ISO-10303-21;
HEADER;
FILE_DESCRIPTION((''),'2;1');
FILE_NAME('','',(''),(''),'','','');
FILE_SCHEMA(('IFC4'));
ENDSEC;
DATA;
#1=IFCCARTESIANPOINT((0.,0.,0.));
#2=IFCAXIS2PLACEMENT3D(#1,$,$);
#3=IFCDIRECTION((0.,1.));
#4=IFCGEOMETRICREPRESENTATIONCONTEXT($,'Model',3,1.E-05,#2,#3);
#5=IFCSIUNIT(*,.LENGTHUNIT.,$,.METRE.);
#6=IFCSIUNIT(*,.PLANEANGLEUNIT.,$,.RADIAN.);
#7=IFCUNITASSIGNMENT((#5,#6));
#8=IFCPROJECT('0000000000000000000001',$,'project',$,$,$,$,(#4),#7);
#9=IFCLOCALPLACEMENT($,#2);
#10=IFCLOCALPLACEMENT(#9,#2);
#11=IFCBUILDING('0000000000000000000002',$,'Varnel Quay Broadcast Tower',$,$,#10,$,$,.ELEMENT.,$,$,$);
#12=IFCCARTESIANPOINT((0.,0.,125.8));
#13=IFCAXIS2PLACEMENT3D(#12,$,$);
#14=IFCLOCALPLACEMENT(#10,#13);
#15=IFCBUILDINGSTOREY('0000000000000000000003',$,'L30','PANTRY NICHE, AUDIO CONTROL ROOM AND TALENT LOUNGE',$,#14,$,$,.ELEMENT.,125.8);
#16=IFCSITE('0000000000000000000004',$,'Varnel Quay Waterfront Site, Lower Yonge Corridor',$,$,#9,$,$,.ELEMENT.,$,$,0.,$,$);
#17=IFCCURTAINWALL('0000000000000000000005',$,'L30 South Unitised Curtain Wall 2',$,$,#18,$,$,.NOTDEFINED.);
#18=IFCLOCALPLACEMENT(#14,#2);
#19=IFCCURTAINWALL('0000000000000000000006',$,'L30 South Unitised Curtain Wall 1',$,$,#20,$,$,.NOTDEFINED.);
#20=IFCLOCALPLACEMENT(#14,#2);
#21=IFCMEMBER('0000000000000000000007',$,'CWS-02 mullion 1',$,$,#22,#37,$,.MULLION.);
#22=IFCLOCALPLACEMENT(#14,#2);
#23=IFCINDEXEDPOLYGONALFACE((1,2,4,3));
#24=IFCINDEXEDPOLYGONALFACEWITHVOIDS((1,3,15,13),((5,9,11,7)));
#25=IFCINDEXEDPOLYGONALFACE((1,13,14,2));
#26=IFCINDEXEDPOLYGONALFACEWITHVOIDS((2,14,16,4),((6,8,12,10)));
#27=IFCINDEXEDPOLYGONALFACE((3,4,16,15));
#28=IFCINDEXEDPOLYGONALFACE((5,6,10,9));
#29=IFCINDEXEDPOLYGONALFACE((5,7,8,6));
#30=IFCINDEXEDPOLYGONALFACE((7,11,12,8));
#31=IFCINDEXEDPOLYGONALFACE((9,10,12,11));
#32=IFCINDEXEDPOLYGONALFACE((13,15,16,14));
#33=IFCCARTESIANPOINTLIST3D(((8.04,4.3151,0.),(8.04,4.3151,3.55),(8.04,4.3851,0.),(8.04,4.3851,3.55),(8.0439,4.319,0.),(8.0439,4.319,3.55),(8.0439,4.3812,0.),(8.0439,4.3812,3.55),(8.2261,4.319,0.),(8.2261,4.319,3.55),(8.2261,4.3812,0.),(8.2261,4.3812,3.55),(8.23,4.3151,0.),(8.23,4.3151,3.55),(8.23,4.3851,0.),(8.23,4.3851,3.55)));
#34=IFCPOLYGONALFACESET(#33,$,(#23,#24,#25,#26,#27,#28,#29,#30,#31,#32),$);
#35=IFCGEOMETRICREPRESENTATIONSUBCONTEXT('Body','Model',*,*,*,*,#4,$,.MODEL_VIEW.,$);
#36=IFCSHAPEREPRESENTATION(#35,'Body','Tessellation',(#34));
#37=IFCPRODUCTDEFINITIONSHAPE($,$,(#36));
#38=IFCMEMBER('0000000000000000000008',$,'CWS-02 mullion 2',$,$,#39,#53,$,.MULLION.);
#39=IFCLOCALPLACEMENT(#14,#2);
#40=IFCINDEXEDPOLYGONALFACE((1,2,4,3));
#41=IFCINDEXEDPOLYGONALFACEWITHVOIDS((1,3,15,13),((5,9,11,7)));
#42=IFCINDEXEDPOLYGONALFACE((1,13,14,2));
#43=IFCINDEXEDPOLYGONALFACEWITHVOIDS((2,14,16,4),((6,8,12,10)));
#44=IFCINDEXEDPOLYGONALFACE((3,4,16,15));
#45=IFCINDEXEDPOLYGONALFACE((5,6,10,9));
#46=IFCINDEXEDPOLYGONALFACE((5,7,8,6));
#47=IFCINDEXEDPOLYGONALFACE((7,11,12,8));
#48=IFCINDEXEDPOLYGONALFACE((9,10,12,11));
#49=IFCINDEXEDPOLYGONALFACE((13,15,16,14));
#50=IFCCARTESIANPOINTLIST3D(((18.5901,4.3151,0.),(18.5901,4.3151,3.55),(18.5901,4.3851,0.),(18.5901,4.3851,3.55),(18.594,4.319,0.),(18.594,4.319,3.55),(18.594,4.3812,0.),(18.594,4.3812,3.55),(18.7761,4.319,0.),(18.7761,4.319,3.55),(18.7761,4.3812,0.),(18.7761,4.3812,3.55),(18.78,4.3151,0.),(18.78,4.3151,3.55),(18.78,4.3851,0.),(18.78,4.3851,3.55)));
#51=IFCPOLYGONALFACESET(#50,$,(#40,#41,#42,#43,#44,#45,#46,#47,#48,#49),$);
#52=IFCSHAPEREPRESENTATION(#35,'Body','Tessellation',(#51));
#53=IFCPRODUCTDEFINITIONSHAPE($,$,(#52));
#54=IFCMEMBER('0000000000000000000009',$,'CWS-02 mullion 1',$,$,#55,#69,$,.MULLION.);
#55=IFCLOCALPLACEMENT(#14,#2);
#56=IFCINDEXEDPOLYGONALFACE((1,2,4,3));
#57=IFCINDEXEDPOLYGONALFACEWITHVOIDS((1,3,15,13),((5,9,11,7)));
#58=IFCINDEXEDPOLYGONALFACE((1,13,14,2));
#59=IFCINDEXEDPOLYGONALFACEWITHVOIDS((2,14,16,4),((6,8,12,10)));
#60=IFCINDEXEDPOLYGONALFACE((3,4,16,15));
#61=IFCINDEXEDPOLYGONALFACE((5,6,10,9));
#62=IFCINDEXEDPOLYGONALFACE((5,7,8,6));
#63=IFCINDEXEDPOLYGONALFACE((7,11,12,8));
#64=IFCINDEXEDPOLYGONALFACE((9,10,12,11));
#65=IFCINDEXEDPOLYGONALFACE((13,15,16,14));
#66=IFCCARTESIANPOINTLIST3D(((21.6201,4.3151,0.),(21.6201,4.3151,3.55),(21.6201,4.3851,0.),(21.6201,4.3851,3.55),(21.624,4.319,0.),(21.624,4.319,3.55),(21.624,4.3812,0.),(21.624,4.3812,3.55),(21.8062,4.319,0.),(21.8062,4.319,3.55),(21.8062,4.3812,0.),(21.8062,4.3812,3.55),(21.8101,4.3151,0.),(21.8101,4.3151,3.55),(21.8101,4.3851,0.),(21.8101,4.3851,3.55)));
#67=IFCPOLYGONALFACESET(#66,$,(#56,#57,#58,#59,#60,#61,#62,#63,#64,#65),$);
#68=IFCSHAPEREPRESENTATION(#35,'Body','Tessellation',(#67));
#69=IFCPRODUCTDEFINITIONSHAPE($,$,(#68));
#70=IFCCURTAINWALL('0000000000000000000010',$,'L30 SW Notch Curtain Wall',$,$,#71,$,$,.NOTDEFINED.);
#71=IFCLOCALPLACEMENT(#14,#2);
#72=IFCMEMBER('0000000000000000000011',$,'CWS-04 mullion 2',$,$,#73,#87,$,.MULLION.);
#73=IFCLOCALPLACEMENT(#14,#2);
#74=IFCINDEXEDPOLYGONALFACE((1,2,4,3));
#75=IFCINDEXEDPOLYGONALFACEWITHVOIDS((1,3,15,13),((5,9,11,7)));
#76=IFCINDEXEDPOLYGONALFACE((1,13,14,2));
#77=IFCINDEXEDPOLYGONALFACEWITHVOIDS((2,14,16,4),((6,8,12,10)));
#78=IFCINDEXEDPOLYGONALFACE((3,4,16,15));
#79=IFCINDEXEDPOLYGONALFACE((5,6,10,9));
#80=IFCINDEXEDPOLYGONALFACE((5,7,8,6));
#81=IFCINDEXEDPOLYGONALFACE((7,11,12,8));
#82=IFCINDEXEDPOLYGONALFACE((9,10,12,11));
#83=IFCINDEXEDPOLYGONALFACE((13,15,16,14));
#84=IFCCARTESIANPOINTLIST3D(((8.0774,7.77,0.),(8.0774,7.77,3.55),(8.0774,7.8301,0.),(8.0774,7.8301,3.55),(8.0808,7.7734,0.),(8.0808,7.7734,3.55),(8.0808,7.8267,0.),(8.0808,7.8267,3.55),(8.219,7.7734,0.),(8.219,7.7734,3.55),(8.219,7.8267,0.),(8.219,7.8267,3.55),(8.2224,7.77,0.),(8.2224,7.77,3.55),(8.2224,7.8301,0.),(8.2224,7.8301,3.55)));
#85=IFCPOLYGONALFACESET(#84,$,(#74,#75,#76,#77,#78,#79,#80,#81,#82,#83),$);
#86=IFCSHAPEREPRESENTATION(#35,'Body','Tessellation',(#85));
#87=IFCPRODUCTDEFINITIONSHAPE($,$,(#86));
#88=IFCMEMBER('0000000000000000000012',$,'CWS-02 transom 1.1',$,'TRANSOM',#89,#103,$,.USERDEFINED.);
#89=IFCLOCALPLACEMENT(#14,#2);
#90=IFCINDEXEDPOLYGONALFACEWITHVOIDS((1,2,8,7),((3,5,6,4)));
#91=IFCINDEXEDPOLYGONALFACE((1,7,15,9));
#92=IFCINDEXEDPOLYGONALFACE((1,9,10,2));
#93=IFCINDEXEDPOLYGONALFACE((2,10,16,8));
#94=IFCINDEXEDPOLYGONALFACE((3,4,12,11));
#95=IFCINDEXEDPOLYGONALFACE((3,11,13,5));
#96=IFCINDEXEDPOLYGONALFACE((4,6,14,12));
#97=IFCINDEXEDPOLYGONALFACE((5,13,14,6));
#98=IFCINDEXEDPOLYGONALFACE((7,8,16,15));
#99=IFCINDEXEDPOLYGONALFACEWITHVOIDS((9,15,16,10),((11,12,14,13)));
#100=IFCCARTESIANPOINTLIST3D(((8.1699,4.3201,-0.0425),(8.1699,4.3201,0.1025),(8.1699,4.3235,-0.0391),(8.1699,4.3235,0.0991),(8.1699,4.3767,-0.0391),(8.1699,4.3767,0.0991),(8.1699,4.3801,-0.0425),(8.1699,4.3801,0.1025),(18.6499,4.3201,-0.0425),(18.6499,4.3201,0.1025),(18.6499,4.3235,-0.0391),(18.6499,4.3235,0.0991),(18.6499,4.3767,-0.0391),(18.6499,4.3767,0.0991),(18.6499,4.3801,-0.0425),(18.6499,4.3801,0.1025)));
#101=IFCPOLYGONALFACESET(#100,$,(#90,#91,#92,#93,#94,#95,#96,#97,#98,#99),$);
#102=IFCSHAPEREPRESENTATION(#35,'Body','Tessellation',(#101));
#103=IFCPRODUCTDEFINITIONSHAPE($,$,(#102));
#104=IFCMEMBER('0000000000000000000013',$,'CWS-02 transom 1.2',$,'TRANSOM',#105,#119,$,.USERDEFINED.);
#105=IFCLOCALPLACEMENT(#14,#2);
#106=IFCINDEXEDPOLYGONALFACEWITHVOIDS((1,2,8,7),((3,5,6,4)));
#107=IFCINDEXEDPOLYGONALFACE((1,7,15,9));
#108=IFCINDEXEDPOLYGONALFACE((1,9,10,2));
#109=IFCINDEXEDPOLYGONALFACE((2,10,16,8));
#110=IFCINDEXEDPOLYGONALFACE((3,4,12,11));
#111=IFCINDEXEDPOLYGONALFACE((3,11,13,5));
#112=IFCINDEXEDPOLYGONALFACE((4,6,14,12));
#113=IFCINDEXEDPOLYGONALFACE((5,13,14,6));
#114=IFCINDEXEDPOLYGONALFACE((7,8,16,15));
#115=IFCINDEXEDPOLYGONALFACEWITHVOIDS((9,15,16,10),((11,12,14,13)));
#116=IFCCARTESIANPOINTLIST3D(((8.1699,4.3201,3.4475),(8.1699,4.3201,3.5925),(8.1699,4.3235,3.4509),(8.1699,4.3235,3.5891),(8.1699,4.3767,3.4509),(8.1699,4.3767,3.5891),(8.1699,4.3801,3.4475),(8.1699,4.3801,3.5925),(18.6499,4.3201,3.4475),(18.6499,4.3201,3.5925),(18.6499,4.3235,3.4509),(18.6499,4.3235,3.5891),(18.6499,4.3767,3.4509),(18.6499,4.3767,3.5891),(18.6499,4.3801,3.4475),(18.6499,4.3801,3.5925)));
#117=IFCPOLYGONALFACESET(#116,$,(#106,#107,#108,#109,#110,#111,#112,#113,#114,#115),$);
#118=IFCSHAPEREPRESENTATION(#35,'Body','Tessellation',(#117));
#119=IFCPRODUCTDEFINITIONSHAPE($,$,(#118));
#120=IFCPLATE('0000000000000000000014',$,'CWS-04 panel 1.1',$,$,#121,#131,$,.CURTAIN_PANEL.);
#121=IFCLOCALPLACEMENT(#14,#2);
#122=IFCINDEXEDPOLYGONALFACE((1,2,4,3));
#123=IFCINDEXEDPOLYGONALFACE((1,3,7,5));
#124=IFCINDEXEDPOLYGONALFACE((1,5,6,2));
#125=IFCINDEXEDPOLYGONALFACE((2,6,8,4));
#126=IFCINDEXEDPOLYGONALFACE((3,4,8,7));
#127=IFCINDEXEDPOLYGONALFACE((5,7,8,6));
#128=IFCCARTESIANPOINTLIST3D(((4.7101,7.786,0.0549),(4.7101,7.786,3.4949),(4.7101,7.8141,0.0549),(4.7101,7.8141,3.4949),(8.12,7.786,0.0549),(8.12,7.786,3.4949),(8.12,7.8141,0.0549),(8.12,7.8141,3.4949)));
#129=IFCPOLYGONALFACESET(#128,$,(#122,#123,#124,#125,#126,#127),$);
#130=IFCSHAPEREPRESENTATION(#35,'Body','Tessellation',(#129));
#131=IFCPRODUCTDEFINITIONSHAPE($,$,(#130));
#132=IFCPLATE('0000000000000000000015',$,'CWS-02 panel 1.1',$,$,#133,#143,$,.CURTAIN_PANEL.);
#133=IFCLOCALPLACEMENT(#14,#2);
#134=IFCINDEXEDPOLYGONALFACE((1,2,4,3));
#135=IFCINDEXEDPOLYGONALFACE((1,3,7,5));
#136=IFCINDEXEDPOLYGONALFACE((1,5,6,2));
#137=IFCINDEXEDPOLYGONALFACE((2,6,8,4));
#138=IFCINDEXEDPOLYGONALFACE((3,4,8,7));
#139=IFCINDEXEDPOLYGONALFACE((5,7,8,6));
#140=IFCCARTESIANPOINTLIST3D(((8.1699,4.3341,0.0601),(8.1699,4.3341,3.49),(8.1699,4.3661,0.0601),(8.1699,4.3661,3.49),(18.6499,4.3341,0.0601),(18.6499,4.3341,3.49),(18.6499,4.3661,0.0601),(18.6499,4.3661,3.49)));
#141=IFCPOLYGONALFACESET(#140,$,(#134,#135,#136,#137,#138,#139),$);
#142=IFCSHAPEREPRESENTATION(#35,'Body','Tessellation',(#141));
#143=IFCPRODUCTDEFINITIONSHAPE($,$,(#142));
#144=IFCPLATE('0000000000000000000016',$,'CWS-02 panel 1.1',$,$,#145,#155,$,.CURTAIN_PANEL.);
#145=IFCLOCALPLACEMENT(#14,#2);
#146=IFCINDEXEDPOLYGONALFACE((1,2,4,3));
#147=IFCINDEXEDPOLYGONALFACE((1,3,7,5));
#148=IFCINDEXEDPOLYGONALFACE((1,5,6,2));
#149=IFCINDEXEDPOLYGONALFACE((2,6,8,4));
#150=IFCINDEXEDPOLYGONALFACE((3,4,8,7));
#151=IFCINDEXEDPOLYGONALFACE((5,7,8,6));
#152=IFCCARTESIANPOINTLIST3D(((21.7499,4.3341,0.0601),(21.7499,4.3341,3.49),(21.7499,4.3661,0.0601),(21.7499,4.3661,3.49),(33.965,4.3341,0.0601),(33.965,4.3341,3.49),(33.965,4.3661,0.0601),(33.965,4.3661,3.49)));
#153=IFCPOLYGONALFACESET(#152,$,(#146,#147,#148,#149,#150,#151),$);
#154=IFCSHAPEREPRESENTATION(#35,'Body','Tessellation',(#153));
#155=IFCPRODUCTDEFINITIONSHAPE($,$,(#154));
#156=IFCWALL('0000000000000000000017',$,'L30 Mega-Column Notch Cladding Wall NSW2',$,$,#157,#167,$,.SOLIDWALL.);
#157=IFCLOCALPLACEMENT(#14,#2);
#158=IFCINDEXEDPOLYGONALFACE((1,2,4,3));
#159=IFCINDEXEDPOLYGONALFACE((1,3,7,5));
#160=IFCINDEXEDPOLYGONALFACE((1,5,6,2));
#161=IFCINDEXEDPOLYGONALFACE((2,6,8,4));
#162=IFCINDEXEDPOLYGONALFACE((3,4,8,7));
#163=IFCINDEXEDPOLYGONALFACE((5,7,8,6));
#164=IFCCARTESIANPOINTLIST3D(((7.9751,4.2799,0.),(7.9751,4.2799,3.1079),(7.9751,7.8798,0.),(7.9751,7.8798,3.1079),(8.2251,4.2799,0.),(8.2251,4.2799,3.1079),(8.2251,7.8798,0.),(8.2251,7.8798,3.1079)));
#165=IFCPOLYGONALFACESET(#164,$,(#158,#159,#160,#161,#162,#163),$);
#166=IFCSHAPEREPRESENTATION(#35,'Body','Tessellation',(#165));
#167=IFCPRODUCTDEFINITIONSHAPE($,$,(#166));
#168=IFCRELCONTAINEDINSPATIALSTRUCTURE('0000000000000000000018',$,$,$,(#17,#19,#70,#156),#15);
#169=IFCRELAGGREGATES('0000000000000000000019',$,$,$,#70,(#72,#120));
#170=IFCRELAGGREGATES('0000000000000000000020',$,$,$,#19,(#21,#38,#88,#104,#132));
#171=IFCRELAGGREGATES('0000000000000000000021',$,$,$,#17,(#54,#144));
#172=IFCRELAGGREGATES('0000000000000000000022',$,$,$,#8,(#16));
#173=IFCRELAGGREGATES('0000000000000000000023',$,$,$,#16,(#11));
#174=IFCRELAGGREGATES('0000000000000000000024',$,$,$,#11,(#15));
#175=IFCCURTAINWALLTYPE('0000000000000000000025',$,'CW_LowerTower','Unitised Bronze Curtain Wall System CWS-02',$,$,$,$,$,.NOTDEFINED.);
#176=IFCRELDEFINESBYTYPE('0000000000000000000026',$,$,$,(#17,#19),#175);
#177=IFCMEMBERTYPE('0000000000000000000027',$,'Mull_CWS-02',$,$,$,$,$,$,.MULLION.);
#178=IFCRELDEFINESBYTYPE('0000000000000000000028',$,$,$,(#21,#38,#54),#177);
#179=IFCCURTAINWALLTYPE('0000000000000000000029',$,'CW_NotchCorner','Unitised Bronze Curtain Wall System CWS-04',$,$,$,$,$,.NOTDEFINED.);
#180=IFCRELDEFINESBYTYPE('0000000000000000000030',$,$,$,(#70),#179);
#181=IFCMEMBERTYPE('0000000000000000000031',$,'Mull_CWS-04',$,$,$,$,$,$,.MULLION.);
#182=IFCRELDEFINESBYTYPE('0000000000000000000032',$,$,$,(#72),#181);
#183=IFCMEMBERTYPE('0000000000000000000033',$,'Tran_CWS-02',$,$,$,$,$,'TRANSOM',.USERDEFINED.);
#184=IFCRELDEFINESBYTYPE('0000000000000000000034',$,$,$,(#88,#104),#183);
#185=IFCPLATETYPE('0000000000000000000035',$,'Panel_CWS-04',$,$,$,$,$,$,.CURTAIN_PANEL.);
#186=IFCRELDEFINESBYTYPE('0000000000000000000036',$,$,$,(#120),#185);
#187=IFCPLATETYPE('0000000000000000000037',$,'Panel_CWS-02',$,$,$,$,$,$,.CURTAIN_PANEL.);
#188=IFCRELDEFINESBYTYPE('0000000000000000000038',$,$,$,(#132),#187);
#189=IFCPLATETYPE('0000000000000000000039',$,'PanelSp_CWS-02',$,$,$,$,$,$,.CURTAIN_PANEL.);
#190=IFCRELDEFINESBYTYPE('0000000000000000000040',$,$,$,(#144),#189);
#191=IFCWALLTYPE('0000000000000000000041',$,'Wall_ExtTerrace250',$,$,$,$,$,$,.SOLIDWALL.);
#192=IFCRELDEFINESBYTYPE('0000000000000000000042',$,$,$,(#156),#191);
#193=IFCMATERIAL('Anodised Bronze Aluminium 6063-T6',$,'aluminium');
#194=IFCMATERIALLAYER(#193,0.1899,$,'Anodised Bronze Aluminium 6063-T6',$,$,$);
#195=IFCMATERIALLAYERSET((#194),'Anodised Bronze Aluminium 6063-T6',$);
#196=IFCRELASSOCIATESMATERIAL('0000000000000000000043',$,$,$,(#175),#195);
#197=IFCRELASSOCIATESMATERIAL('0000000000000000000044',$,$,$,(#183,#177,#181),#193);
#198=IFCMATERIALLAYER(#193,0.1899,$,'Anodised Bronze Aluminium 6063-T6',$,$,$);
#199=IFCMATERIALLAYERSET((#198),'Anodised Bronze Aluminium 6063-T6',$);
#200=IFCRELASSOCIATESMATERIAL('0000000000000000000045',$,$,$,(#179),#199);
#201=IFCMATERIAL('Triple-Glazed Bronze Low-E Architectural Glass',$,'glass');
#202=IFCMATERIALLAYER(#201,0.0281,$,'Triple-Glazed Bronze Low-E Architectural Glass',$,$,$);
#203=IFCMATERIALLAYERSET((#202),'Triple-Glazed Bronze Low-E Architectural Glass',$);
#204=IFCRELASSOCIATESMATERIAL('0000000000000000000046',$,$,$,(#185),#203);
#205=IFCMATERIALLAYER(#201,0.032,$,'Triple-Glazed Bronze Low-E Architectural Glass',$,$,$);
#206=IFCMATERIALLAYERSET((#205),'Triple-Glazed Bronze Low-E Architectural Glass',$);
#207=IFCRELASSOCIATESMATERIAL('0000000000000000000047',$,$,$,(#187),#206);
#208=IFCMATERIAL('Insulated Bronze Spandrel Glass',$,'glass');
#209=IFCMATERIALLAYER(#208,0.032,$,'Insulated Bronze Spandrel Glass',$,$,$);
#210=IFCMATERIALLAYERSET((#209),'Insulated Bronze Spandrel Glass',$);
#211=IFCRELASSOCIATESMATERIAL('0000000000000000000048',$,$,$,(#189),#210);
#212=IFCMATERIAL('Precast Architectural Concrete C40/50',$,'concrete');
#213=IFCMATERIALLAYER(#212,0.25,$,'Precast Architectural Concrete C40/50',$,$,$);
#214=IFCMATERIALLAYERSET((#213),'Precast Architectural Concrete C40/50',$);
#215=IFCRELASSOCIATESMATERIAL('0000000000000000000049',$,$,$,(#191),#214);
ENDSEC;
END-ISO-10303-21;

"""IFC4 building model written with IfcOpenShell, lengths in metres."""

from ifc_helpers import new_model, si_unit, direction, frame, frame_2d, origin, origin_2d, place, context, subcontext, project, spatial, rectangle, hollow_rectangle, extrude, source, transform, mapped, material, layer, layer_set, material_profile, profile_set, type_object, type_shapes, element, aggregate, save


model = new_model("IFC4")

# Units and contexts
model_context = context("Model", 3, precision=1e-05, world=origin(), true_north=direction((0.0, 1.0)))
body_context = subcontext(model_context, "Body", "Model", "MODEL_VIEW")
ifc_project = project(units=[si_unit("LENGTHUNIT", "METRE"), si_unit("PLANEANGLEUNIT", "RADIAN")], contexts=[model_context])

# Site, building, storey
site_placement = place(None, origin())
site = spatial("IfcSite", under=ifc_project, at=site_placement, Name="Varnel Quay Waterfront Site, Lower Yonge Corridor", CompositionType="ELEMENT", RefElevation=0.0)
building_placement = place(site_placement, origin())
building = spatial("IfcBuilding", under=site, at=building_placement, Name="Varnel Quay Broadcast Tower", CompositionType="ELEMENT")
storey_placement = place(building_placement, frame((0.0, 0.0, 125.8)))
storey = spatial("IfcBuildingStorey", under=building, at=storey_placement, Name="L30", Description="PANTRY NICHE, AUDIO CONTROL ROOM AND TALENT LOUNGE", CompositionType="ELEMENT", Elevation=125.8)

# Curtain walls, members
ifc_material_1 = material(Name="Anodised Bronze Aluminium 6063-T6", Category="aluminium")
ifc_layer_1 = layer(ifc_material_1, 0.1899, Name="Anodised Bronze Aluminium 6063-T6")
ifc_layer_set_1 = layer_set([ifc_layer_1], Name="Anodised Bronze Aluminium 6063-T6")
curtain_wall_type_1 = type_object("IfcCurtainWallType", Name="CW_LowerTower", Description="Unitised Bronze Curtain Wall System CWS-02", PredefinedType="NOTDEFINED", material=ifc_layer_set_1)
curtain_wall_1_placement = place(storey_placement, origin())
curtain_wall_1 = element("IfcCurtainWall", 1, at=curtain_wall_1_placement, inside=storey, type_object=curtain_wall_type_1, Name="L30 South Unitised Curtain Wall 2", PredefinedType="NOTDEFINED")
ifc_material_profile_1 = material_profile(ifc_material_1, hollow_rectangle(XDim=0.0601, YDim=0.145, WallThickness=0.0034, at=origin_2d()), Name="ALU60X145X3.5")
ifc_profile_set_1 = profile_set([ifc_material_profile_1], Name="Anodised Bronze Aluminium 6063-T6")
member_type_1 = type_object("IfcMemberType", Name="Tran_CWS-02", ElementType="TRANSOM", PredefinedType="USERDEFINED", material=ifc_profile_set_1)
curtain_wall_2_placement = place(storey_placement, origin())
curtain_wall_2 = element("IfcCurtainWall", 2, at=curtain_wall_2_placement, inside=storey, type_object=curtain_wall_type_1, Name="L30 South Unitised Curtain Wall 1", PredefinedType="NOTDEFINED")
ifc_material_profile_2 = material_profile(ifc_material_1, hollow_rectangle(XDim=0.0701, YDim=0.1899, WallThickness=0.0039, at=origin_2d()), Name="ALU70X190X4")
ifc_profile_set_2 = profile_set([ifc_material_profile_2], Name="Anodised Bronze Aluminium 6063-T6")
member_type_2 = type_object("IfcMemberType", Name="Mull_CWS-02", PredefinedType="MULLION", material=ifc_profile_set_2)
shared_shape_1 = source(origin(), body_context, "Body", "SweptSolid", [
    extrude(hollow_rectangle(XDim=0.0701, YDim=0.1899, WallThickness=0.0039, at=origin_2d()), origin(), (0.0, 0.0, 1.0), 3.55),
])
type_shapes(member_type_2, [shared_shape_1])
member_1_placement = place(storey_placement, frame((8.135, 4.3501, 0.0), z_axis=(0.0, 0.0, 1.0), x_axis=(0.0, 1.0, 0.0)))
member_1 = element("IfcMember", 3, at=member_1_placement, type_object=member_type_2, Name="CWS-02 mullion 1", PredefinedType="MULLION", context=body_context, shape_type="MappedRepresentation", body=[
    mapped(shared_shape_1, transform((0.0, 0.0, 0.0), x_axis=(1.0, 0.0, 0.0), y_axis=(0.0, 1.0, 0.0), z_axis=(0.0, 0.0, 1.0), scale=1.0)),
])
member_2_placement = place(storey_placement, frame((18.6851, 4.3501, 0.0), z_axis=(0.0, 0.0, 1.0), x_axis=(0.0, 1.0, 0.0)))
member_2 = element("IfcMember", 4, at=member_2_placement, type_object=member_type_2, Name="CWS-02 mullion 2", PredefinedType="MULLION", context=body_context, shape_type="MappedRepresentation", body=[
    mapped(shared_shape_1, transform((0.0, 0.0, 0.0), x_axis=(1.0, 0.0, 0.0), y_axis=(0.0, 1.0, 0.0), z_axis=(0.0, 0.0, 1.0), scale=1.0)),
])

# Member
member_3_placement = place(storey_placement, frame((21.7151, 4.3501, 0.0), z_axis=(0.0, 0.0, 1.0), x_axis=(0.0, 1.0, 0.0)))
member_3 = element("IfcMember", 5, at=member_3_placement, type_object=member_type_2, Name="CWS-02 mullion 1", PredefinedType="MULLION", context=body_context, shape_type="MappedRepresentation", body=[
    mapped(shared_shape_1, transform((0.0, 0.0, 0.0), x_axis=(1.0, 0.0, 0.0), y_axis=(0.0, 1.0, 0.0), z_axis=(0.0, 0.0, 1.0), scale=1.0)),
])

# Curtain wall, member
ifc_layer_2 = layer(ifc_material_1, 0.1899, Name="Anodised Bronze Aluminium 6063-T6")
ifc_layer_set_2 = layer_set([ifc_layer_2], Name="Anodised Bronze Aluminium 6063-T6")
curtain_wall_type_2 = type_object("IfcCurtainWallType", Name="CW_NotchCorner", Description="Unitised Bronze Curtain Wall System CWS-04", PredefinedType="NOTDEFINED", material=ifc_layer_set_2)
curtain_wall_3_placement = place(storey_placement, origin())
curtain_wall_3 = element("IfcCurtainWall", 6, at=curtain_wall_3_placement, inside=storey, type_object=curtain_wall_type_2, Name="L30 SW Notch Curtain Wall", PredefinedType="NOTDEFINED")
ifc_material_profile_3 = material_profile(ifc_material_1, hollow_rectangle(XDim=0.0601, YDim=0.145, WallThickness=0.0034, at=origin_2d()), Name="ALU60X145X3.5")
ifc_profile_set_3 = profile_set([ifc_material_profile_3], Name="Anodised Bronze Aluminium 6063-T6")
member_type_3 = type_object("IfcMemberType", Name="Mull_CWS-04", PredefinedType="MULLION", material=ifc_profile_set_3)
shared_shape_2 = source(origin(), body_context, "Body", "SweptSolid", [
    extrude(hollow_rectangle(XDim=0.0601, YDim=0.145, WallThickness=0.0034, at=origin_2d()), origin(), (0.0, 0.0, 1.0), 3.55),
])
type_shapes(member_type_3, [shared_shape_2])
member_4_placement = place(storey_placement, frame((8.1499, 7.8, 0.0), z_axis=(0.0, 0.0, 1.0), x_axis=(0.0, 1.0, 0.0)))
member_4 = element("IfcMember", 7, at=member_4_placement, type_object=member_type_3, Name="CWS-04 mullion 2", PredefinedType="MULLION", context=body_context, shape_type="MappedRepresentation", body=[
    mapped(shared_shape_2, transform((0.0, 0.0, 0.0), x_axis=(1.0, 0.0, 0.0), y_axis=(0.0, 1.0, 0.0), z_axis=(0.0, 0.0, 1.0), scale=1.0)),
])

# Members
shared_shape_3 = source(origin(), body_context, "Body", "SweptSolid", [
    extrude(hollow_rectangle(XDim=0.0601, YDim=0.145, WallThickness=0.0034, at=origin_2d()), origin(), (0.0, 0.0, 1.0), 10.48),
])
member_5_placement = place(storey_placement, frame((8.1699, 4.3501, 0.03), z_axis=(1.0, 0.0, 0.0), x_axis=(0.0, 1.0, 0.0)))
member_5 = element("IfcMember", 8, at=member_5_placement, type_object=member_type_1, Name="CWS-02 transom 1.1", ObjectType="TRANSOM", PredefinedType="USERDEFINED", context=body_context, shape_type="MappedRepresentation", body=[
    mapped(shared_shape_3, transform((0.0, 0.0, 0.0), x_axis=(1.0, 0.0, 0.0), y_axis=(0.0, 1.0, 0.0), z_axis=(0.0, 0.0, 1.0), scale=1.0)),
])
member_6_placement = place(storey_placement, frame((8.1699, 4.3501, 3.52), z_axis=(1.0, 0.0, 0.0), x_axis=(0.0, 1.0, 0.0)))
member_6 = element("IfcMember", 9, at=member_6_placement, type_object=member_type_1, Name="CWS-02 transom 1.2", ObjectType="TRANSOM", PredefinedType="USERDEFINED", context=body_context, shape_type="MappedRepresentation", body=[
    mapped(shared_shape_3, transform((0.0, 0.0, 0.0), x_axis=(1.0, 0.0, 0.0), y_axis=(0.0, 1.0, 0.0), z_axis=(0.0, 0.0, 1.0), scale=1.0)),
])

# Plates
ifc_material_2 = material(Name="Triple-Glazed Bronze Low-E Architectural Glass", Category="glass")
ifc_layer_3 = layer(ifc_material_2, 0.0281, Name="Triple-Glazed Bronze Low-E Architectural Glass")
ifc_layer_set_3 = layer_set([ifc_layer_3], Name="Triple-Glazed Bronze Low-E Architectural Glass")
plate_type_1 = type_object("IfcPlateType", Name="Panel_CWS-04", PredefinedType="CURTAIN_PANEL", material=ifc_layer_set_3)
shared_shape_4 = source(origin(), body_context, "Body", "SweptSolid", [
    extrude(rectangle(XDim=3.4099, YDim=0.0281, at=origin_2d()), origin(), (0.0, 0.0, 1.0), 3.4399),
])
type_shapes(plate_type_1, [shared_shape_4])
plate_1_placement = place(storey_placement, frame((6.415, 7.8, 0.0549), z_axis=(0.0, 0.0, 1.0), x_axis=(1.0, 0.0, 0.0)))
plate_1 = element("IfcPlate", 10, at=plate_1_placement, type_object=plate_type_1, Name="CWS-04 panel 1.1", PredefinedType="CURTAIN_PANEL", context=body_context, shape_type="MappedRepresentation", body=[
    mapped(shared_shape_4, transform((0.0, 0.0, 0.0), x_axis=(1.0, 0.0, 0.0), y_axis=(0.0, 1.0, 0.0), z_axis=(0.0, 0.0, 1.0), scale=1.0)),
])
aggregate(curtain_wall_3, [member_4, plate_1])
ifc_layer_4 = layer(ifc_material_2, 0.032, Name="Triple-Glazed Bronze Low-E Architectural Glass")
ifc_layer_set_4 = layer_set([ifc_layer_4], Name="Triple-Glazed Bronze Low-E Architectural Glass")
plate_type_2 = type_object("IfcPlateType", Name="Panel_CWS-02", PredefinedType="CURTAIN_PANEL", material=ifc_layer_set_4)
shared_shape_5 = source(origin(), body_context, "Body", "SweptSolid", [
    extrude(rectangle(XDim=10.48, YDim=0.032, at=origin_2d()), origin(), (0.0, 0.0, 1.0), 3.4299),
])
type_shapes(plate_type_2, [shared_shape_5])
plate_2_placement = place(storey_placement, frame((13.4099, 4.3501, 0.0601), z_axis=(0.0, 0.0, 1.0), x_axis=(1.0, 0.0, 0.0)))
plate_2 = element("IfcPlate", 11, at=plate_2_placement, type_object=plate_type_2, Name="CWS-02 panel 1.1", PredefinedType="CURTAIN_PANEL", context=body_context, shape_type="MappedRepresentation", body=[
    mapped(shared_shape_5, transform((0.0, 0.0, 0.0), x_axis=(1.0, 0.0, 0.0), y_axis=(0.0, 1.0, 0.0), z_axis=(0.0, 0.0, 1.0), scale=1.0)),
])
aggregate(curtain_wall_2, [member_1, member_2, member_5, member_6, plate_2])
ifc_material_3 = material(Name="Insulated Bronze Spandrel Glass", Category="glass")
ifc_layer_5 = layer(ifc_material_3, 0.032, Name="Insulated Bronze Spandrel Glass")
ifc_layer_set_5 = layer_set([ifc_layer_5], Name="Insulated Bronze Spandrel Glass")
plate_type_3 = type_object("IfcPlateType", Name="PanelSp_CWS-02", PredefinedType="CURTAIN_PANEL", material=ifc_layer_set_5)
shared_shape_6 = source(origin(), body_context, "Body", "SweptSolid", [
    extrude(rectangle(XDim=12.2151, YDim=0.032, at=origin_2d()), origin(), (0.0, 0.0, 1.0), 3.4299),
])
type_shapes(plate_type_3, [shared_shape_6])
plate_3_placement = place(storey_placement, frame((27.8574, 4.3501, 0.0601), z_axis=(0.0, 0.0, 1.0), x_axis=(1.0, 0.0, 0.0)))
plate_3 = element("IfcPlate", 12, at=plate_3_placement, type_object=plate_type_3, Name="CWS-02 panel 1.1", PredefinedType="CURTAIN_PANEL", context=body_context, shape_type="MappedRepresentation", body=[
    mapped(shared_shape_6, transform((0.0, 0.0, 0.0), x_axis=(1.0, 0.0, 0.0), y_axis=(0.0, 1.0, 0.0), z_axis=(0.0, 0.0, 1.0), scale=1.0)),
])
aggregate(curtain_wall_1, [member_3, plate_3])

# Shared definitions
ifc_material_4 = material(Name="Precast Architectural Concrete C40/50", Category="concrete")
ifc_layer_6 = layer(ifc_material_4, 0.25, Name="Precast Architectural Concrete C40/50")
ifc_layer_set_6 = layer_set([ifc_layer_6], Name="Precast Architectural Concrete C40/50")
wall_type = type_object("IfcWallType", Name="Wall_ExtTerrace250", PredefinedType="SOLIDWALL", material=ifc_layer_set_6)

# Wall
wall_1_placement = place(storey_placement, frame((8.1001, 4.28, 0.0), z_axis=(0.0, 0.0, 1.0), x_axis=(0.0, 1.0, 0.0)))
element("IfcWall", 13, at=wall_1_placement, inside=storey, type_object=wall_type, Name="L30 Mega-Column Notch Cladding Wall NSW2", PredefinedType="SOLIDWALL", context=body_context, shape_type="SweptSolid", body=[
    extrude(rectangle(XDim=3.5999, YDim=0.25, at=frame_2d((1.7998, 0.0))), origin(), (0.0, 0.0, 1.0), 3.1079),
])

save(model, "model.ifc")
